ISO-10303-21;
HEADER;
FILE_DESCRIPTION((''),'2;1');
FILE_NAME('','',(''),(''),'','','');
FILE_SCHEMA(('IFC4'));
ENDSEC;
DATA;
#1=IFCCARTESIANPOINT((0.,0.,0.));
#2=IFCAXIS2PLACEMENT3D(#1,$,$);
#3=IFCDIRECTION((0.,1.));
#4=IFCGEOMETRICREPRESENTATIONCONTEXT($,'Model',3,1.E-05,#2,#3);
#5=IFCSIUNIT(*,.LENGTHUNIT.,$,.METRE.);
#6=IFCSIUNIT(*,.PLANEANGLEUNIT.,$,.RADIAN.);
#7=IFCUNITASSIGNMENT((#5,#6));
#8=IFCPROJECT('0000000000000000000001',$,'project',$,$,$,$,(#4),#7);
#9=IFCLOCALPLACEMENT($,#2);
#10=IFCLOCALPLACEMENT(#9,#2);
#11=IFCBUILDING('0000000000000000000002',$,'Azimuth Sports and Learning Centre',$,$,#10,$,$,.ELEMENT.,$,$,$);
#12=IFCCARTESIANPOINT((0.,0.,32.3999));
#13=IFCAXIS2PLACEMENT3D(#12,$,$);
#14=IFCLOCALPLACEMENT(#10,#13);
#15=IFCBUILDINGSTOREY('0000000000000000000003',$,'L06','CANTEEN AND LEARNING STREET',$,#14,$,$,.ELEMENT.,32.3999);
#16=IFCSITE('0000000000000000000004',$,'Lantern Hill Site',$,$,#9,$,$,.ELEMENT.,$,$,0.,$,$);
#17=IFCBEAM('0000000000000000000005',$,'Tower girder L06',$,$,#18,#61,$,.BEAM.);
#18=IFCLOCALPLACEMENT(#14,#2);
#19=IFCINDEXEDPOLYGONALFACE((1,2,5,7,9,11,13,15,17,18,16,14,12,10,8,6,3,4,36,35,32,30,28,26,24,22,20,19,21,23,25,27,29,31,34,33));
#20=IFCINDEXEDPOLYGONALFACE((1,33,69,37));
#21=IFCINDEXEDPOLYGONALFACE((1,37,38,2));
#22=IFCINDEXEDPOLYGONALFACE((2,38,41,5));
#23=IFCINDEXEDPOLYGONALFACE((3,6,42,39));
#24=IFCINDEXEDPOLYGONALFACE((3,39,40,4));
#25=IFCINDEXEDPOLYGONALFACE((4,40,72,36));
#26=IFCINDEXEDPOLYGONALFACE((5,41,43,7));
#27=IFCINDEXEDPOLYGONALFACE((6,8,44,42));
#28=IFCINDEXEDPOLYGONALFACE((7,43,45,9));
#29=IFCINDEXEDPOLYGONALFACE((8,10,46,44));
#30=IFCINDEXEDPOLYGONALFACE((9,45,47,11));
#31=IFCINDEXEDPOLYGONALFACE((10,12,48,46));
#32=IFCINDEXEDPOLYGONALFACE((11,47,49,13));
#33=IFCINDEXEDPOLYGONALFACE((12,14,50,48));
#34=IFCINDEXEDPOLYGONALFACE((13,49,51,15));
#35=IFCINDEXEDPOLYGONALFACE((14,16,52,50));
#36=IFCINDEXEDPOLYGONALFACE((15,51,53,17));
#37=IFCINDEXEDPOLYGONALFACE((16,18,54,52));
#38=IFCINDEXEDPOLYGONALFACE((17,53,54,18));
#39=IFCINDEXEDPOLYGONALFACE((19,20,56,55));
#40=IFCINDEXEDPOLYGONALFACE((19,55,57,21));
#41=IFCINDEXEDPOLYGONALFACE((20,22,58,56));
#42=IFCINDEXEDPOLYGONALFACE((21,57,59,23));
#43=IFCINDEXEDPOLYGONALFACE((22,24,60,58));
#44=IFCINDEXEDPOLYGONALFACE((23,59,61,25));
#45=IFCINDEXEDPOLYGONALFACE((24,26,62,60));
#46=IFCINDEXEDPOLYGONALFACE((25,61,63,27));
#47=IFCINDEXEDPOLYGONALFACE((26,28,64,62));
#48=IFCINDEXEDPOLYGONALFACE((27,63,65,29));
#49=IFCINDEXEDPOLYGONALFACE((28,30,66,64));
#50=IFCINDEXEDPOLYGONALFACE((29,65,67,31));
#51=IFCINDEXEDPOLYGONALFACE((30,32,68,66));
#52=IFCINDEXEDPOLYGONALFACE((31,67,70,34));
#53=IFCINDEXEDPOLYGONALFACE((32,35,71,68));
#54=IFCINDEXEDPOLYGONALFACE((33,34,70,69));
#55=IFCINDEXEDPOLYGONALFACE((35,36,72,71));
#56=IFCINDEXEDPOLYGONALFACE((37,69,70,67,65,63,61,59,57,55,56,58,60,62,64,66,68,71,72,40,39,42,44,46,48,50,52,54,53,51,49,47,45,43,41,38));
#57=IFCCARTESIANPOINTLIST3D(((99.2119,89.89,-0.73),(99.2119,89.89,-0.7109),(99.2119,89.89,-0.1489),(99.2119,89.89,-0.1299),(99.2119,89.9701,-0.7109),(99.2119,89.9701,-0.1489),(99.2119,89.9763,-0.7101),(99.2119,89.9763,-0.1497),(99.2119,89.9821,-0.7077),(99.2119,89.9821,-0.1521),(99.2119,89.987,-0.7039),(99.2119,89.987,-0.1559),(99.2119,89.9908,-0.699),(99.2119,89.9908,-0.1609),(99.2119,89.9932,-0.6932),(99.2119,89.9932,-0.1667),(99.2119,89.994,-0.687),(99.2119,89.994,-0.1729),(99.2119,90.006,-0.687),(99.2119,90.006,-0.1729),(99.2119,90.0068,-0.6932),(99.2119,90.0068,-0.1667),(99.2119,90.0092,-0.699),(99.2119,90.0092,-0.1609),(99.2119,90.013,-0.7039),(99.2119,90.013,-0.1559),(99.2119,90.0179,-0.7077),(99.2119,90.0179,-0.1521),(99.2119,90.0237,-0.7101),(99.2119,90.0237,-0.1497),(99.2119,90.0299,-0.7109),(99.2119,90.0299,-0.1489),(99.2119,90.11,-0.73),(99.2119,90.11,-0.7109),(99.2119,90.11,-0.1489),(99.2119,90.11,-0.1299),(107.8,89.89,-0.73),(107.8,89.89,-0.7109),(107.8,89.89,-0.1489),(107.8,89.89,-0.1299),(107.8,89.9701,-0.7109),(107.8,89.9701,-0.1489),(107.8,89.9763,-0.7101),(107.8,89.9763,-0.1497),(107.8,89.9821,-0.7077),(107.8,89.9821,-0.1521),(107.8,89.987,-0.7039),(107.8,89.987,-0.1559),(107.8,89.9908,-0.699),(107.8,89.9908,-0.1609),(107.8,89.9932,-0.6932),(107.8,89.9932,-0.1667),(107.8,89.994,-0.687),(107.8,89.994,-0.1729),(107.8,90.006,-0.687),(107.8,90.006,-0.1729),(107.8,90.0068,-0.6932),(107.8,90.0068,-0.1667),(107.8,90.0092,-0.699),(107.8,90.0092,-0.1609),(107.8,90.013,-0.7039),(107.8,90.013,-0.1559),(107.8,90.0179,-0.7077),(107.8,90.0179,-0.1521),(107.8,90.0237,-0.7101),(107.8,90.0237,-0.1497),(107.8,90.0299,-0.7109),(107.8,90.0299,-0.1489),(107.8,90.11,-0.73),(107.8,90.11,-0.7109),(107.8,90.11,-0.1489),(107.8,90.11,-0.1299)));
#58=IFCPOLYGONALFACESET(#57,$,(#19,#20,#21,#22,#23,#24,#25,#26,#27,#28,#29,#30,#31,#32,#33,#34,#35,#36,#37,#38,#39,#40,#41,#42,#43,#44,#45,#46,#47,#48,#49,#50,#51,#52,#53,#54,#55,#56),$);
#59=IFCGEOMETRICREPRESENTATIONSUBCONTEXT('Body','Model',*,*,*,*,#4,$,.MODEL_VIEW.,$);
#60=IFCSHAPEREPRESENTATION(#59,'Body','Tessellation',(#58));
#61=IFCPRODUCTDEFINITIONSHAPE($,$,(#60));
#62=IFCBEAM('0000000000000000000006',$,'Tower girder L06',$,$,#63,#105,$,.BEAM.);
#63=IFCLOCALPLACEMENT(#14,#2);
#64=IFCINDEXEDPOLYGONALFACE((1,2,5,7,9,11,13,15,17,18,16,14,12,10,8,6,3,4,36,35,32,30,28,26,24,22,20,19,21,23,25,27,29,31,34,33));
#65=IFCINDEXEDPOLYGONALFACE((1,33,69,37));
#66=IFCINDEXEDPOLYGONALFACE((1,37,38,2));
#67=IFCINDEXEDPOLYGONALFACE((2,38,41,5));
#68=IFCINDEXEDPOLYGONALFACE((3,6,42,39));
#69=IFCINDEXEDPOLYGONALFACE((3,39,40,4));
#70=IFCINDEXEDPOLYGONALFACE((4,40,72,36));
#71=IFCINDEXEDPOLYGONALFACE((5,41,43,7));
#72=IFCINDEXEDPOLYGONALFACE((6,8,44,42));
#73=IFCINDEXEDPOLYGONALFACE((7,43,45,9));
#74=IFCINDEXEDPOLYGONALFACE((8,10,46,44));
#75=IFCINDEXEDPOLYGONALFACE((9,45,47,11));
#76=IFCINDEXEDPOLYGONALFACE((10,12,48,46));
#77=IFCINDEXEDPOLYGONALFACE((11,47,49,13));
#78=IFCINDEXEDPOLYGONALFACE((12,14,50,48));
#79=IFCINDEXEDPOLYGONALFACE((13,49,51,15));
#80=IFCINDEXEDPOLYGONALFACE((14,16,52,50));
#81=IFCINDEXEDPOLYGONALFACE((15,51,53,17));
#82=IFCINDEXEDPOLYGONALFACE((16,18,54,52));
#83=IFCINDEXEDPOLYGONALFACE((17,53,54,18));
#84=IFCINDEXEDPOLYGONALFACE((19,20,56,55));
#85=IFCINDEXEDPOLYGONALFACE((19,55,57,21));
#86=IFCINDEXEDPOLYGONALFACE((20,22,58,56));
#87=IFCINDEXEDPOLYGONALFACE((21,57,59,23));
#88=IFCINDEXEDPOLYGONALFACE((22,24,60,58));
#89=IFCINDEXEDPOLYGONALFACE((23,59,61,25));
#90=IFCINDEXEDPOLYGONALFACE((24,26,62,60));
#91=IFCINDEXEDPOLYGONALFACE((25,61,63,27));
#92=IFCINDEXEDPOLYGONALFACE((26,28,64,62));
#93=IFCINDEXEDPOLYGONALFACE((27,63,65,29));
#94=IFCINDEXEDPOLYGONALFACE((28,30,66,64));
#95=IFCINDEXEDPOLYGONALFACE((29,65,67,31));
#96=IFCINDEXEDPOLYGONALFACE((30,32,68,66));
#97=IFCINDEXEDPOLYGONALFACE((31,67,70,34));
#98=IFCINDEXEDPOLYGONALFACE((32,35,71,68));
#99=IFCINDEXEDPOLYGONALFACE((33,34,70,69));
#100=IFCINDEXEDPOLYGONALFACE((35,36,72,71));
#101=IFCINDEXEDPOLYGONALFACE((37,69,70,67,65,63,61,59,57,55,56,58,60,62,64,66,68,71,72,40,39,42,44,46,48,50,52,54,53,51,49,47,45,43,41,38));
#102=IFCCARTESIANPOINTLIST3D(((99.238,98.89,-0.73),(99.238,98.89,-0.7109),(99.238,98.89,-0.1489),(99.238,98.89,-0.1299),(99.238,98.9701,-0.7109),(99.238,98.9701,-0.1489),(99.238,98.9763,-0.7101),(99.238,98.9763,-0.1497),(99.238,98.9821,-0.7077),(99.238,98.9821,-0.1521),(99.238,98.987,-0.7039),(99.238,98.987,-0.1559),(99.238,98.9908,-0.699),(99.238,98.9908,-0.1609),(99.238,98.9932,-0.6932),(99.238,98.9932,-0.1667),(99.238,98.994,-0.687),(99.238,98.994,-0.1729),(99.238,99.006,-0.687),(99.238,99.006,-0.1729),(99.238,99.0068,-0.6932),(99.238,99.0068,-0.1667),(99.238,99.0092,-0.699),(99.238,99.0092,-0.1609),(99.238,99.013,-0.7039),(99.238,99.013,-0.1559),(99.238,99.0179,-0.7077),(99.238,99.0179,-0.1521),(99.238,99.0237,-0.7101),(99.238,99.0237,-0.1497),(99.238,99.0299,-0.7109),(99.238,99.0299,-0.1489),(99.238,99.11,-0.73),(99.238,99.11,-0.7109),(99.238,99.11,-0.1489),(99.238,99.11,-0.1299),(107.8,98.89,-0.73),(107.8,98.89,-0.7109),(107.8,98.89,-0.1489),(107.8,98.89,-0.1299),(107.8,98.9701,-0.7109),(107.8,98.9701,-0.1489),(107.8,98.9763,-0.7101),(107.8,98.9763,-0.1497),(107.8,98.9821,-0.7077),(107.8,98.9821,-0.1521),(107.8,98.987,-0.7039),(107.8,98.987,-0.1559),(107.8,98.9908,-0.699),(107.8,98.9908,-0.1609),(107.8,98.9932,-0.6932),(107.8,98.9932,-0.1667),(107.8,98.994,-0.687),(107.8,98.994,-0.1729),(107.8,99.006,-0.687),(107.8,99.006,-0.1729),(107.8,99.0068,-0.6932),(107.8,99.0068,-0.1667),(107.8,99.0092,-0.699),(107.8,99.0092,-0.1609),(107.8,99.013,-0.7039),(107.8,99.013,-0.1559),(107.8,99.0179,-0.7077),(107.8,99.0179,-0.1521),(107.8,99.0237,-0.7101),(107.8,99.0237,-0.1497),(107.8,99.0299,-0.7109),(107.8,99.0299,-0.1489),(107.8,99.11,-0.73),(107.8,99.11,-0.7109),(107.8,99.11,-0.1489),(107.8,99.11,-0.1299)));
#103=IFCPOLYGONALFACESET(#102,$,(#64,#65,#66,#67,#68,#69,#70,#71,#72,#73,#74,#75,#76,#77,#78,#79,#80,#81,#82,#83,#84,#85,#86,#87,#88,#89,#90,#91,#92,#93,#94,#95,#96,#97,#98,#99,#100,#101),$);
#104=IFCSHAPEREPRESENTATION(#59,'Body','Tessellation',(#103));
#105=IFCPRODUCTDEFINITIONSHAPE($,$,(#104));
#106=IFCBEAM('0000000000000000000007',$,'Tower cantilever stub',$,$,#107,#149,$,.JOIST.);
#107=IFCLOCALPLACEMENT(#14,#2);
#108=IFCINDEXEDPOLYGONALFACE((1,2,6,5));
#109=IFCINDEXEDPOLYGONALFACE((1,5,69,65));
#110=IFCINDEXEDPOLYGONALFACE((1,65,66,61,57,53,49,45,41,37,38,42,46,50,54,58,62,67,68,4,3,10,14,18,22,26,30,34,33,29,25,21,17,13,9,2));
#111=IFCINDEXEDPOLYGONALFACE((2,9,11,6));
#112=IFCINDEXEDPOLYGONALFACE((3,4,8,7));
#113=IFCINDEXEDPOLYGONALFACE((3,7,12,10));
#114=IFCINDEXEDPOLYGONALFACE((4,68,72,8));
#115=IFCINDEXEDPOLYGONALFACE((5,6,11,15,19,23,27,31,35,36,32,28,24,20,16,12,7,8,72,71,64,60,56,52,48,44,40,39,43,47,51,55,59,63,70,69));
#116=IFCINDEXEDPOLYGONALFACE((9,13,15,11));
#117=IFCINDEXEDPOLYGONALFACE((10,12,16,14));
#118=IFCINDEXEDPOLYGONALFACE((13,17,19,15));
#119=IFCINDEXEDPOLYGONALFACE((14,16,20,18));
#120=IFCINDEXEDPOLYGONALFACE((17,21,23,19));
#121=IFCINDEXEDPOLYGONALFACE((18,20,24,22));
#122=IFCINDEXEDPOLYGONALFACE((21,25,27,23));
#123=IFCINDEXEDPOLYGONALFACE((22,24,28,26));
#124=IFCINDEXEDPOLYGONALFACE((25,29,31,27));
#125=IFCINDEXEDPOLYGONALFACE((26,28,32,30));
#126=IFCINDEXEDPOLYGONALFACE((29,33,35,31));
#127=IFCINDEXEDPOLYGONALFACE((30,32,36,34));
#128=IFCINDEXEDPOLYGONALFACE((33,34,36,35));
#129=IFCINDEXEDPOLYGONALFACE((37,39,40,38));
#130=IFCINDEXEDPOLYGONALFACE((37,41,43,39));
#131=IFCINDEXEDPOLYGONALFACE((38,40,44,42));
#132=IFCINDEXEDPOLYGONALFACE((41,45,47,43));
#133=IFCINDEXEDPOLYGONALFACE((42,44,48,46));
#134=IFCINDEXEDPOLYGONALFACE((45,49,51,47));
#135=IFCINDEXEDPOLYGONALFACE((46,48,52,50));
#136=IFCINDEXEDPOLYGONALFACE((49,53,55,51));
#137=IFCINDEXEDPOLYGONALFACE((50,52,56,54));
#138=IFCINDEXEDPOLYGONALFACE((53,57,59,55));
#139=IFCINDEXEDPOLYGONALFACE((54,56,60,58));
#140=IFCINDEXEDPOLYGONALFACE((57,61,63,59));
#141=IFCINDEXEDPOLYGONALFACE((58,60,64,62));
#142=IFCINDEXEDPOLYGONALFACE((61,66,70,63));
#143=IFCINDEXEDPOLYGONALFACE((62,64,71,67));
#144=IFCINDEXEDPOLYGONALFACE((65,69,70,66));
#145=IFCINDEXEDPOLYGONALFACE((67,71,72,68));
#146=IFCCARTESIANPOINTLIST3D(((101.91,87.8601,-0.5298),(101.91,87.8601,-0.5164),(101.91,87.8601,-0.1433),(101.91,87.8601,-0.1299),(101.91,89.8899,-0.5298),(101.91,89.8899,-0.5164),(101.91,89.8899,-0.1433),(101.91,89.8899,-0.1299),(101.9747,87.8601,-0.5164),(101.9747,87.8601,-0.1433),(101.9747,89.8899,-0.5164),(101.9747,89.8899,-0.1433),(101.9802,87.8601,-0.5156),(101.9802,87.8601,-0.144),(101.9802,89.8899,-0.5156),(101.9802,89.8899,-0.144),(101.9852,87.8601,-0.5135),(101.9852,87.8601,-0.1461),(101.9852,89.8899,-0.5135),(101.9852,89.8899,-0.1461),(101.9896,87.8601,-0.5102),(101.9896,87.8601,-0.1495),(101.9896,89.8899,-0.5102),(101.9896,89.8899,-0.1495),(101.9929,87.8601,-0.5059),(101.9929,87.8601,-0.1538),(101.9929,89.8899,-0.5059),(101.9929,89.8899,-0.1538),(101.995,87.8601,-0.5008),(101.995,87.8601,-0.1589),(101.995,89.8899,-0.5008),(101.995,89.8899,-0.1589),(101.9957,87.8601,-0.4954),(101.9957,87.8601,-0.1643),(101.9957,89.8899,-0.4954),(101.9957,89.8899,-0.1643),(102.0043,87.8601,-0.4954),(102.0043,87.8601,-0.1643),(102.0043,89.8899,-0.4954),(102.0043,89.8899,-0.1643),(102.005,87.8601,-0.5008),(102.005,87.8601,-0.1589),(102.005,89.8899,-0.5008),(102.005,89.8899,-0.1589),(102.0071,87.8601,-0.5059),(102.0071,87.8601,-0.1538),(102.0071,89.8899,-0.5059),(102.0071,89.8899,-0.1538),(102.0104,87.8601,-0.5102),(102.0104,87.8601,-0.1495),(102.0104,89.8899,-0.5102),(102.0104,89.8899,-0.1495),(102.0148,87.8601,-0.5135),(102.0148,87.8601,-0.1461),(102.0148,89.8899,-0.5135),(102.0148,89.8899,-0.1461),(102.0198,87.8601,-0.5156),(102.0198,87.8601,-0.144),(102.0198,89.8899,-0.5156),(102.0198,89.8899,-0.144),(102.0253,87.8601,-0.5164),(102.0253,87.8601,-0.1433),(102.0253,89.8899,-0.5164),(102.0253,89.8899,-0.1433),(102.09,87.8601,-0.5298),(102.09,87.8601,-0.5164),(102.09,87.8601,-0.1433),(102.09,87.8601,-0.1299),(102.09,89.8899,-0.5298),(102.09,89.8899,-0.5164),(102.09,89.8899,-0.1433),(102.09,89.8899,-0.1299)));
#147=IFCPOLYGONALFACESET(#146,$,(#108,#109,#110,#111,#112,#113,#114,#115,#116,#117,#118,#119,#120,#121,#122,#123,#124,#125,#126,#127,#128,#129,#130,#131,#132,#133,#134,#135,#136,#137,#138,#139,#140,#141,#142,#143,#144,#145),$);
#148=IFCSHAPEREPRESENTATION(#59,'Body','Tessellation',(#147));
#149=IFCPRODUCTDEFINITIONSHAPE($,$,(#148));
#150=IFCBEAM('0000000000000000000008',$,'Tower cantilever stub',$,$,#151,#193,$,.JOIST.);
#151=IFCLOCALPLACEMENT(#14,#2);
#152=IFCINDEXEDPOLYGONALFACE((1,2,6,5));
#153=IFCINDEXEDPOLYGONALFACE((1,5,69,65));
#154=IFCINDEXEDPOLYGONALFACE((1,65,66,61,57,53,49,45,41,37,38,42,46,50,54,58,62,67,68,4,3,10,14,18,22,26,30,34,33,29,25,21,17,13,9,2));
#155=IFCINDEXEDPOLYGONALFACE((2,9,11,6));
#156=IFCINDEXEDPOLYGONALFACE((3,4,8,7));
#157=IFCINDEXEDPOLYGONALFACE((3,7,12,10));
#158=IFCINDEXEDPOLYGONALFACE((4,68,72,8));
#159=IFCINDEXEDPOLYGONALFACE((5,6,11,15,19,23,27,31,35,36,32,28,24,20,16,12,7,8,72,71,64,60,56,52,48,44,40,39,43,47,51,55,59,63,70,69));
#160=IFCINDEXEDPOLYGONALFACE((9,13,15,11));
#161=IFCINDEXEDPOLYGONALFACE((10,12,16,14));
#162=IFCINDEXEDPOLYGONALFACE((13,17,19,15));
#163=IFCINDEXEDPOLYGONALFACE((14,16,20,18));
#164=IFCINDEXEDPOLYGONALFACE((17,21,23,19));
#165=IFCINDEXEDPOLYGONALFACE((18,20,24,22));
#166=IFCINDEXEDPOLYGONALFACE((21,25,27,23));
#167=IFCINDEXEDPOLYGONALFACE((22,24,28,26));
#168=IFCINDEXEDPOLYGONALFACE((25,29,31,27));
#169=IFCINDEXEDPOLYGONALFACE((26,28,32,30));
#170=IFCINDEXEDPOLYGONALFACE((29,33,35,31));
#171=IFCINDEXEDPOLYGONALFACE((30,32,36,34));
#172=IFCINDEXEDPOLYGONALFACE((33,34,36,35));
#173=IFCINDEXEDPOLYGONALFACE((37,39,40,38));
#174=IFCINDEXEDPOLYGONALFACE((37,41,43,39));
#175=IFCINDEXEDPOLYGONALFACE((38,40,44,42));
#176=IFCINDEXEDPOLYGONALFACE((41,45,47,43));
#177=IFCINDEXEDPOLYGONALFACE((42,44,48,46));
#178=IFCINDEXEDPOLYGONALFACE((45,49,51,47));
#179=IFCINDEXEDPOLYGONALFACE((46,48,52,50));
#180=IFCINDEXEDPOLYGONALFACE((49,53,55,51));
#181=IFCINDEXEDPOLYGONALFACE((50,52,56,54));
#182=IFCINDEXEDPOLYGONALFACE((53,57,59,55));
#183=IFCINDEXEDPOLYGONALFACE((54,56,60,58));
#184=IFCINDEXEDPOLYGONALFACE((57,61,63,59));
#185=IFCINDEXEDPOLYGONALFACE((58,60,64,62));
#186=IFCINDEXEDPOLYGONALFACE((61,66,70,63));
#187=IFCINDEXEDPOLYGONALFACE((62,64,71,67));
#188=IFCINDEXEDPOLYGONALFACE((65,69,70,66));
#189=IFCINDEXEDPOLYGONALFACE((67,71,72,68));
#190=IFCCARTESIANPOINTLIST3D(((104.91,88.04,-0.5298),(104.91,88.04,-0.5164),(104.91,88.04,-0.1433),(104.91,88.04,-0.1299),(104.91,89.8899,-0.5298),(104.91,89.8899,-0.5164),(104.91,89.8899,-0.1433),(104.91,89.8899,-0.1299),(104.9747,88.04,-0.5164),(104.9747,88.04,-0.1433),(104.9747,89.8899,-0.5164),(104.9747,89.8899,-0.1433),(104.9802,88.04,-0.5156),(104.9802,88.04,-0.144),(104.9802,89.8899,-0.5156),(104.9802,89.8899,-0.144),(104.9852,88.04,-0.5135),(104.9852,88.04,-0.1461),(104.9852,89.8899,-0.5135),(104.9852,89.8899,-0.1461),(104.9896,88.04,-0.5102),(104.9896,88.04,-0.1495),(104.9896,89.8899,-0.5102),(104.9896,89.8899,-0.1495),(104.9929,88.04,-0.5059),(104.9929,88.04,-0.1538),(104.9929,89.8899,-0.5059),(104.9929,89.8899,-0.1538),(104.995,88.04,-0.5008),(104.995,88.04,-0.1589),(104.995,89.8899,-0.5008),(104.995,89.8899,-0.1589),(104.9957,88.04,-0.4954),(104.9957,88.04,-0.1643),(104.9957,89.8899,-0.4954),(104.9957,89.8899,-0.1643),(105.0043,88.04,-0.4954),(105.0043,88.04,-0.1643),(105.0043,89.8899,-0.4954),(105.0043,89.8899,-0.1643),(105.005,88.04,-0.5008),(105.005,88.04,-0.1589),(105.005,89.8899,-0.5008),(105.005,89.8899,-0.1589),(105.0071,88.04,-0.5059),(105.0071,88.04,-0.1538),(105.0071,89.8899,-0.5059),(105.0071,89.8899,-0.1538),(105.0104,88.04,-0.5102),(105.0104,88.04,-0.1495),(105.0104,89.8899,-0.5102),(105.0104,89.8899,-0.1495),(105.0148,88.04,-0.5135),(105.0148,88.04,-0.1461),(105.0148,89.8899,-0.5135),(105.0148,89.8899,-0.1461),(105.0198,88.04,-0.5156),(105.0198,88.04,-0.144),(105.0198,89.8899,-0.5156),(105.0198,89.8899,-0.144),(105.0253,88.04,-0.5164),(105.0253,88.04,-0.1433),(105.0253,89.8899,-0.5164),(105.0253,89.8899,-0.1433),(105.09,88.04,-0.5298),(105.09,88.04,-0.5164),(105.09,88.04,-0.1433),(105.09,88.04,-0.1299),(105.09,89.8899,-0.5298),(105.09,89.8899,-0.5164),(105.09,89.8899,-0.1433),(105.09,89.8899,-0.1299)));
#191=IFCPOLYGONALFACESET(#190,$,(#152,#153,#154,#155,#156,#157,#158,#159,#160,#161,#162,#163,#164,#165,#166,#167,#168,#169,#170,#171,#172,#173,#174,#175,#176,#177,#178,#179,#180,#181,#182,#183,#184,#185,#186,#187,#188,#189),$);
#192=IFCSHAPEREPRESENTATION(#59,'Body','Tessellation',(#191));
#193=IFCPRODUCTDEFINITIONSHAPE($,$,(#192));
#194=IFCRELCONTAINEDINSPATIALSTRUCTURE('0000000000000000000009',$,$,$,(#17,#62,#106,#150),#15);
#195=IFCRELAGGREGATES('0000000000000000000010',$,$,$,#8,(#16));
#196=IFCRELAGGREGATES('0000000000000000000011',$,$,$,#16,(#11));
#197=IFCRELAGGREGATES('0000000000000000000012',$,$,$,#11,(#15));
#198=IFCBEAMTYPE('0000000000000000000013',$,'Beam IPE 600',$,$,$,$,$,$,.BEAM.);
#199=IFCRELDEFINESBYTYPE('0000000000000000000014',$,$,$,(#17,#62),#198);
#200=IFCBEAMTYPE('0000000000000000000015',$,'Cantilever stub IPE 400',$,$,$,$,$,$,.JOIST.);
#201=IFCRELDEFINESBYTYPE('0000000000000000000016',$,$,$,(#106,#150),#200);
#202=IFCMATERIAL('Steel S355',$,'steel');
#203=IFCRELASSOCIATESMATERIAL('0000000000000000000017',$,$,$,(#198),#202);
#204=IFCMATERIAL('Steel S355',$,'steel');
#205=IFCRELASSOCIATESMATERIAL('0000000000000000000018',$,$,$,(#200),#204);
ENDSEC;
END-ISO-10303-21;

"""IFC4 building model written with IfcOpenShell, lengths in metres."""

from ifc_helpers import new_model, si_unit, direction, frame, origin, origin_2d, place, context, subcontext, project, spatial, i_section, extrude, material, material_profile, profile_set, type_object, element, save


model = new_model("IFC4")

# Units and contexts
model_context = context("Model", 3, precision=1e-05, world=origin(), true_north=direction((0.0, 1.0)))
body_context = subcontext(model_context, "Body", "Model", "MODEL_VIEW")
ifc_project = project(units=[si_unit("LENGTHUNIT", "METRE"), si_unit("PLANEANGLEUNIT", "RADIAN")], contexts=[model_context])

# Site, building, storey
site_placement = place(None, origin())
site = spatial("IfcSite", under=ifc_project, at=site_placement, Name="Lantern Hill Site", CompositionType="ELEMENT", RefElevation=0.0)
building_placement = place(site_placement, origin())
building = spatial("IfcBuilding", under=site, at=building_placement, Name="Azimuth Sports and Learning Centre", CompositionType="ELEMENT")
storey_placement = place(building_placement, frame((0.0, 0.0, 32.3999)))
storey = spatial("IfcBuildingStorey", under=building, at=storey_placement, Name="L06", Description="CANTEEN AND LEARNING STREET", CompositionType="ELEMENT", Elevation=32.3999)

# Beams
ifc_material_1 = material(Name="Steel S355", Category="steel")
ifc_material_profile_1 = material_profile(ifc_material_1, i_section(OverallWidth=0.22, OverallDepth=0.6001, WebThickness=0.012, FlangeThickness=0.019, FilletRadius=0.0239, at=origin_2d()), Name="IPE 600")
ifc_profile_set_1 = profile_set([ifc_material_profile_1], Name="Steel S355")
beam_type_1 = type_object("IfcBeamType", Name="Beam IPE 600", PredefinedType="BEAM", material=ifc_profile_set_1)
beam_1_placement = place(storey_placement, frame((99.2119, 90.0, -0.4299), z_axis=(1.0, 0.0, 0.0), x_axis=(0.0, 1.0, 0.0)))
element("IfcBeam", 1, at=beam_1_placement, inside=storey, type_object=beam_type_1, Name="Tower girder L06", PredefinedType="BEAM", context=body_context, shape_type="SweptSolid", body=[
    extrude(i_section(OverallWidth=0.22, OverallDepth=0.6001, WebThickness=0.012, FlangeThickness=0.019, FilletRadius=0.0239, at=origin_2d()), origin(), (0.0, 0.0, 1.0), 8.5881),
])
beam_2_placement = place(storey_placement, frame((99.238, 99.0, -0.4299), z_axis=(1.0, 0.0, 0.0), x_axis=(0.0, 1.0, 0.0)))
element("IfcBeam", 2, at=beam_2_placement, inside=storey, type_object=beam_type_1, Name="Tower girder L06", PredefinedType="BEAM", context=body_context, shape_type="SweptSolid", body=[
    extrude(i_section(OverallWidth=0.22, OverallDepth=0.6001, WebThickness=0.012, FlangeThickness=0.019, FilletRadius=0.0239, at=origin_2d()), origin(), (0.0, 0.0, 1.0), 8.562),
])
ifc_material_2 = material(Name="Steel S355", Category="steel")
ifc_material_profile_2 = material_profile(ifc_material_2, i_section(OverallWidth=0.1799, OverallDepth=0.3999, WebThickness=0.0085, FlangeThickness=0.0134, FilletRadius=0.021, at=origin_2d()), Name="IPE 400")
ifc_profile_set_2 = profile_set([ifc_material_profile_2], Name="Steel S355")
beam_type_2 = type_object("IfcBeamType", Name="Cantilever stub IPE 400", PredefinedType="JOIST", material=ifc_profile_set_2)
beam_3_placement = place(storey_placement, frame((102.0, 89.8899, -0.3298), z_axis=(0.0, -1.0, 0.0), x_axis=(1.0, 0.0, 0.0)))
element("IfcBeam", 3, at=beam_3_placement, inside=storey, type_object=beam_type_2, Name="Tower cantilever stub", PredefinedType="JOIST", context=body_context, shape_type="SweptSolid", body=[
    extrude(i_section(OverallWidth=0.1799, OverallDepth=0.3999, WebThickness=0.0085, FlangeThickness=0.0134, FilletRadius=0.021, at=origin_2d()), origin(), (0.0, 0.0, 1.0), 2.0298),
])
beam_4_placement = place(storey_placement, frame((105.0, 89.8899, -0.3298), z_axis=(0.0, -1.0, 0.0), x_axis=(1.0, 0.0, 0.0)))
element("IfcBeam", 4, at=beam_4_placement, inside=storey, type_object=beam_type_2, Name="Tower cantilever stub", PredefinedType="JOIST", context=body_context, shape_type="SweptSolid", body=[
    extrude(i_section(OverallWidth=0.1799, OverallDepth=0.3999, WebThickness=0.0085, FlangeThickness=0.0134, FilletRadius=0.021, at=origin_2d()), origin(), (0.0, 0.0, 1.0), 1.8499),
])

save(model, "model.ifc")
